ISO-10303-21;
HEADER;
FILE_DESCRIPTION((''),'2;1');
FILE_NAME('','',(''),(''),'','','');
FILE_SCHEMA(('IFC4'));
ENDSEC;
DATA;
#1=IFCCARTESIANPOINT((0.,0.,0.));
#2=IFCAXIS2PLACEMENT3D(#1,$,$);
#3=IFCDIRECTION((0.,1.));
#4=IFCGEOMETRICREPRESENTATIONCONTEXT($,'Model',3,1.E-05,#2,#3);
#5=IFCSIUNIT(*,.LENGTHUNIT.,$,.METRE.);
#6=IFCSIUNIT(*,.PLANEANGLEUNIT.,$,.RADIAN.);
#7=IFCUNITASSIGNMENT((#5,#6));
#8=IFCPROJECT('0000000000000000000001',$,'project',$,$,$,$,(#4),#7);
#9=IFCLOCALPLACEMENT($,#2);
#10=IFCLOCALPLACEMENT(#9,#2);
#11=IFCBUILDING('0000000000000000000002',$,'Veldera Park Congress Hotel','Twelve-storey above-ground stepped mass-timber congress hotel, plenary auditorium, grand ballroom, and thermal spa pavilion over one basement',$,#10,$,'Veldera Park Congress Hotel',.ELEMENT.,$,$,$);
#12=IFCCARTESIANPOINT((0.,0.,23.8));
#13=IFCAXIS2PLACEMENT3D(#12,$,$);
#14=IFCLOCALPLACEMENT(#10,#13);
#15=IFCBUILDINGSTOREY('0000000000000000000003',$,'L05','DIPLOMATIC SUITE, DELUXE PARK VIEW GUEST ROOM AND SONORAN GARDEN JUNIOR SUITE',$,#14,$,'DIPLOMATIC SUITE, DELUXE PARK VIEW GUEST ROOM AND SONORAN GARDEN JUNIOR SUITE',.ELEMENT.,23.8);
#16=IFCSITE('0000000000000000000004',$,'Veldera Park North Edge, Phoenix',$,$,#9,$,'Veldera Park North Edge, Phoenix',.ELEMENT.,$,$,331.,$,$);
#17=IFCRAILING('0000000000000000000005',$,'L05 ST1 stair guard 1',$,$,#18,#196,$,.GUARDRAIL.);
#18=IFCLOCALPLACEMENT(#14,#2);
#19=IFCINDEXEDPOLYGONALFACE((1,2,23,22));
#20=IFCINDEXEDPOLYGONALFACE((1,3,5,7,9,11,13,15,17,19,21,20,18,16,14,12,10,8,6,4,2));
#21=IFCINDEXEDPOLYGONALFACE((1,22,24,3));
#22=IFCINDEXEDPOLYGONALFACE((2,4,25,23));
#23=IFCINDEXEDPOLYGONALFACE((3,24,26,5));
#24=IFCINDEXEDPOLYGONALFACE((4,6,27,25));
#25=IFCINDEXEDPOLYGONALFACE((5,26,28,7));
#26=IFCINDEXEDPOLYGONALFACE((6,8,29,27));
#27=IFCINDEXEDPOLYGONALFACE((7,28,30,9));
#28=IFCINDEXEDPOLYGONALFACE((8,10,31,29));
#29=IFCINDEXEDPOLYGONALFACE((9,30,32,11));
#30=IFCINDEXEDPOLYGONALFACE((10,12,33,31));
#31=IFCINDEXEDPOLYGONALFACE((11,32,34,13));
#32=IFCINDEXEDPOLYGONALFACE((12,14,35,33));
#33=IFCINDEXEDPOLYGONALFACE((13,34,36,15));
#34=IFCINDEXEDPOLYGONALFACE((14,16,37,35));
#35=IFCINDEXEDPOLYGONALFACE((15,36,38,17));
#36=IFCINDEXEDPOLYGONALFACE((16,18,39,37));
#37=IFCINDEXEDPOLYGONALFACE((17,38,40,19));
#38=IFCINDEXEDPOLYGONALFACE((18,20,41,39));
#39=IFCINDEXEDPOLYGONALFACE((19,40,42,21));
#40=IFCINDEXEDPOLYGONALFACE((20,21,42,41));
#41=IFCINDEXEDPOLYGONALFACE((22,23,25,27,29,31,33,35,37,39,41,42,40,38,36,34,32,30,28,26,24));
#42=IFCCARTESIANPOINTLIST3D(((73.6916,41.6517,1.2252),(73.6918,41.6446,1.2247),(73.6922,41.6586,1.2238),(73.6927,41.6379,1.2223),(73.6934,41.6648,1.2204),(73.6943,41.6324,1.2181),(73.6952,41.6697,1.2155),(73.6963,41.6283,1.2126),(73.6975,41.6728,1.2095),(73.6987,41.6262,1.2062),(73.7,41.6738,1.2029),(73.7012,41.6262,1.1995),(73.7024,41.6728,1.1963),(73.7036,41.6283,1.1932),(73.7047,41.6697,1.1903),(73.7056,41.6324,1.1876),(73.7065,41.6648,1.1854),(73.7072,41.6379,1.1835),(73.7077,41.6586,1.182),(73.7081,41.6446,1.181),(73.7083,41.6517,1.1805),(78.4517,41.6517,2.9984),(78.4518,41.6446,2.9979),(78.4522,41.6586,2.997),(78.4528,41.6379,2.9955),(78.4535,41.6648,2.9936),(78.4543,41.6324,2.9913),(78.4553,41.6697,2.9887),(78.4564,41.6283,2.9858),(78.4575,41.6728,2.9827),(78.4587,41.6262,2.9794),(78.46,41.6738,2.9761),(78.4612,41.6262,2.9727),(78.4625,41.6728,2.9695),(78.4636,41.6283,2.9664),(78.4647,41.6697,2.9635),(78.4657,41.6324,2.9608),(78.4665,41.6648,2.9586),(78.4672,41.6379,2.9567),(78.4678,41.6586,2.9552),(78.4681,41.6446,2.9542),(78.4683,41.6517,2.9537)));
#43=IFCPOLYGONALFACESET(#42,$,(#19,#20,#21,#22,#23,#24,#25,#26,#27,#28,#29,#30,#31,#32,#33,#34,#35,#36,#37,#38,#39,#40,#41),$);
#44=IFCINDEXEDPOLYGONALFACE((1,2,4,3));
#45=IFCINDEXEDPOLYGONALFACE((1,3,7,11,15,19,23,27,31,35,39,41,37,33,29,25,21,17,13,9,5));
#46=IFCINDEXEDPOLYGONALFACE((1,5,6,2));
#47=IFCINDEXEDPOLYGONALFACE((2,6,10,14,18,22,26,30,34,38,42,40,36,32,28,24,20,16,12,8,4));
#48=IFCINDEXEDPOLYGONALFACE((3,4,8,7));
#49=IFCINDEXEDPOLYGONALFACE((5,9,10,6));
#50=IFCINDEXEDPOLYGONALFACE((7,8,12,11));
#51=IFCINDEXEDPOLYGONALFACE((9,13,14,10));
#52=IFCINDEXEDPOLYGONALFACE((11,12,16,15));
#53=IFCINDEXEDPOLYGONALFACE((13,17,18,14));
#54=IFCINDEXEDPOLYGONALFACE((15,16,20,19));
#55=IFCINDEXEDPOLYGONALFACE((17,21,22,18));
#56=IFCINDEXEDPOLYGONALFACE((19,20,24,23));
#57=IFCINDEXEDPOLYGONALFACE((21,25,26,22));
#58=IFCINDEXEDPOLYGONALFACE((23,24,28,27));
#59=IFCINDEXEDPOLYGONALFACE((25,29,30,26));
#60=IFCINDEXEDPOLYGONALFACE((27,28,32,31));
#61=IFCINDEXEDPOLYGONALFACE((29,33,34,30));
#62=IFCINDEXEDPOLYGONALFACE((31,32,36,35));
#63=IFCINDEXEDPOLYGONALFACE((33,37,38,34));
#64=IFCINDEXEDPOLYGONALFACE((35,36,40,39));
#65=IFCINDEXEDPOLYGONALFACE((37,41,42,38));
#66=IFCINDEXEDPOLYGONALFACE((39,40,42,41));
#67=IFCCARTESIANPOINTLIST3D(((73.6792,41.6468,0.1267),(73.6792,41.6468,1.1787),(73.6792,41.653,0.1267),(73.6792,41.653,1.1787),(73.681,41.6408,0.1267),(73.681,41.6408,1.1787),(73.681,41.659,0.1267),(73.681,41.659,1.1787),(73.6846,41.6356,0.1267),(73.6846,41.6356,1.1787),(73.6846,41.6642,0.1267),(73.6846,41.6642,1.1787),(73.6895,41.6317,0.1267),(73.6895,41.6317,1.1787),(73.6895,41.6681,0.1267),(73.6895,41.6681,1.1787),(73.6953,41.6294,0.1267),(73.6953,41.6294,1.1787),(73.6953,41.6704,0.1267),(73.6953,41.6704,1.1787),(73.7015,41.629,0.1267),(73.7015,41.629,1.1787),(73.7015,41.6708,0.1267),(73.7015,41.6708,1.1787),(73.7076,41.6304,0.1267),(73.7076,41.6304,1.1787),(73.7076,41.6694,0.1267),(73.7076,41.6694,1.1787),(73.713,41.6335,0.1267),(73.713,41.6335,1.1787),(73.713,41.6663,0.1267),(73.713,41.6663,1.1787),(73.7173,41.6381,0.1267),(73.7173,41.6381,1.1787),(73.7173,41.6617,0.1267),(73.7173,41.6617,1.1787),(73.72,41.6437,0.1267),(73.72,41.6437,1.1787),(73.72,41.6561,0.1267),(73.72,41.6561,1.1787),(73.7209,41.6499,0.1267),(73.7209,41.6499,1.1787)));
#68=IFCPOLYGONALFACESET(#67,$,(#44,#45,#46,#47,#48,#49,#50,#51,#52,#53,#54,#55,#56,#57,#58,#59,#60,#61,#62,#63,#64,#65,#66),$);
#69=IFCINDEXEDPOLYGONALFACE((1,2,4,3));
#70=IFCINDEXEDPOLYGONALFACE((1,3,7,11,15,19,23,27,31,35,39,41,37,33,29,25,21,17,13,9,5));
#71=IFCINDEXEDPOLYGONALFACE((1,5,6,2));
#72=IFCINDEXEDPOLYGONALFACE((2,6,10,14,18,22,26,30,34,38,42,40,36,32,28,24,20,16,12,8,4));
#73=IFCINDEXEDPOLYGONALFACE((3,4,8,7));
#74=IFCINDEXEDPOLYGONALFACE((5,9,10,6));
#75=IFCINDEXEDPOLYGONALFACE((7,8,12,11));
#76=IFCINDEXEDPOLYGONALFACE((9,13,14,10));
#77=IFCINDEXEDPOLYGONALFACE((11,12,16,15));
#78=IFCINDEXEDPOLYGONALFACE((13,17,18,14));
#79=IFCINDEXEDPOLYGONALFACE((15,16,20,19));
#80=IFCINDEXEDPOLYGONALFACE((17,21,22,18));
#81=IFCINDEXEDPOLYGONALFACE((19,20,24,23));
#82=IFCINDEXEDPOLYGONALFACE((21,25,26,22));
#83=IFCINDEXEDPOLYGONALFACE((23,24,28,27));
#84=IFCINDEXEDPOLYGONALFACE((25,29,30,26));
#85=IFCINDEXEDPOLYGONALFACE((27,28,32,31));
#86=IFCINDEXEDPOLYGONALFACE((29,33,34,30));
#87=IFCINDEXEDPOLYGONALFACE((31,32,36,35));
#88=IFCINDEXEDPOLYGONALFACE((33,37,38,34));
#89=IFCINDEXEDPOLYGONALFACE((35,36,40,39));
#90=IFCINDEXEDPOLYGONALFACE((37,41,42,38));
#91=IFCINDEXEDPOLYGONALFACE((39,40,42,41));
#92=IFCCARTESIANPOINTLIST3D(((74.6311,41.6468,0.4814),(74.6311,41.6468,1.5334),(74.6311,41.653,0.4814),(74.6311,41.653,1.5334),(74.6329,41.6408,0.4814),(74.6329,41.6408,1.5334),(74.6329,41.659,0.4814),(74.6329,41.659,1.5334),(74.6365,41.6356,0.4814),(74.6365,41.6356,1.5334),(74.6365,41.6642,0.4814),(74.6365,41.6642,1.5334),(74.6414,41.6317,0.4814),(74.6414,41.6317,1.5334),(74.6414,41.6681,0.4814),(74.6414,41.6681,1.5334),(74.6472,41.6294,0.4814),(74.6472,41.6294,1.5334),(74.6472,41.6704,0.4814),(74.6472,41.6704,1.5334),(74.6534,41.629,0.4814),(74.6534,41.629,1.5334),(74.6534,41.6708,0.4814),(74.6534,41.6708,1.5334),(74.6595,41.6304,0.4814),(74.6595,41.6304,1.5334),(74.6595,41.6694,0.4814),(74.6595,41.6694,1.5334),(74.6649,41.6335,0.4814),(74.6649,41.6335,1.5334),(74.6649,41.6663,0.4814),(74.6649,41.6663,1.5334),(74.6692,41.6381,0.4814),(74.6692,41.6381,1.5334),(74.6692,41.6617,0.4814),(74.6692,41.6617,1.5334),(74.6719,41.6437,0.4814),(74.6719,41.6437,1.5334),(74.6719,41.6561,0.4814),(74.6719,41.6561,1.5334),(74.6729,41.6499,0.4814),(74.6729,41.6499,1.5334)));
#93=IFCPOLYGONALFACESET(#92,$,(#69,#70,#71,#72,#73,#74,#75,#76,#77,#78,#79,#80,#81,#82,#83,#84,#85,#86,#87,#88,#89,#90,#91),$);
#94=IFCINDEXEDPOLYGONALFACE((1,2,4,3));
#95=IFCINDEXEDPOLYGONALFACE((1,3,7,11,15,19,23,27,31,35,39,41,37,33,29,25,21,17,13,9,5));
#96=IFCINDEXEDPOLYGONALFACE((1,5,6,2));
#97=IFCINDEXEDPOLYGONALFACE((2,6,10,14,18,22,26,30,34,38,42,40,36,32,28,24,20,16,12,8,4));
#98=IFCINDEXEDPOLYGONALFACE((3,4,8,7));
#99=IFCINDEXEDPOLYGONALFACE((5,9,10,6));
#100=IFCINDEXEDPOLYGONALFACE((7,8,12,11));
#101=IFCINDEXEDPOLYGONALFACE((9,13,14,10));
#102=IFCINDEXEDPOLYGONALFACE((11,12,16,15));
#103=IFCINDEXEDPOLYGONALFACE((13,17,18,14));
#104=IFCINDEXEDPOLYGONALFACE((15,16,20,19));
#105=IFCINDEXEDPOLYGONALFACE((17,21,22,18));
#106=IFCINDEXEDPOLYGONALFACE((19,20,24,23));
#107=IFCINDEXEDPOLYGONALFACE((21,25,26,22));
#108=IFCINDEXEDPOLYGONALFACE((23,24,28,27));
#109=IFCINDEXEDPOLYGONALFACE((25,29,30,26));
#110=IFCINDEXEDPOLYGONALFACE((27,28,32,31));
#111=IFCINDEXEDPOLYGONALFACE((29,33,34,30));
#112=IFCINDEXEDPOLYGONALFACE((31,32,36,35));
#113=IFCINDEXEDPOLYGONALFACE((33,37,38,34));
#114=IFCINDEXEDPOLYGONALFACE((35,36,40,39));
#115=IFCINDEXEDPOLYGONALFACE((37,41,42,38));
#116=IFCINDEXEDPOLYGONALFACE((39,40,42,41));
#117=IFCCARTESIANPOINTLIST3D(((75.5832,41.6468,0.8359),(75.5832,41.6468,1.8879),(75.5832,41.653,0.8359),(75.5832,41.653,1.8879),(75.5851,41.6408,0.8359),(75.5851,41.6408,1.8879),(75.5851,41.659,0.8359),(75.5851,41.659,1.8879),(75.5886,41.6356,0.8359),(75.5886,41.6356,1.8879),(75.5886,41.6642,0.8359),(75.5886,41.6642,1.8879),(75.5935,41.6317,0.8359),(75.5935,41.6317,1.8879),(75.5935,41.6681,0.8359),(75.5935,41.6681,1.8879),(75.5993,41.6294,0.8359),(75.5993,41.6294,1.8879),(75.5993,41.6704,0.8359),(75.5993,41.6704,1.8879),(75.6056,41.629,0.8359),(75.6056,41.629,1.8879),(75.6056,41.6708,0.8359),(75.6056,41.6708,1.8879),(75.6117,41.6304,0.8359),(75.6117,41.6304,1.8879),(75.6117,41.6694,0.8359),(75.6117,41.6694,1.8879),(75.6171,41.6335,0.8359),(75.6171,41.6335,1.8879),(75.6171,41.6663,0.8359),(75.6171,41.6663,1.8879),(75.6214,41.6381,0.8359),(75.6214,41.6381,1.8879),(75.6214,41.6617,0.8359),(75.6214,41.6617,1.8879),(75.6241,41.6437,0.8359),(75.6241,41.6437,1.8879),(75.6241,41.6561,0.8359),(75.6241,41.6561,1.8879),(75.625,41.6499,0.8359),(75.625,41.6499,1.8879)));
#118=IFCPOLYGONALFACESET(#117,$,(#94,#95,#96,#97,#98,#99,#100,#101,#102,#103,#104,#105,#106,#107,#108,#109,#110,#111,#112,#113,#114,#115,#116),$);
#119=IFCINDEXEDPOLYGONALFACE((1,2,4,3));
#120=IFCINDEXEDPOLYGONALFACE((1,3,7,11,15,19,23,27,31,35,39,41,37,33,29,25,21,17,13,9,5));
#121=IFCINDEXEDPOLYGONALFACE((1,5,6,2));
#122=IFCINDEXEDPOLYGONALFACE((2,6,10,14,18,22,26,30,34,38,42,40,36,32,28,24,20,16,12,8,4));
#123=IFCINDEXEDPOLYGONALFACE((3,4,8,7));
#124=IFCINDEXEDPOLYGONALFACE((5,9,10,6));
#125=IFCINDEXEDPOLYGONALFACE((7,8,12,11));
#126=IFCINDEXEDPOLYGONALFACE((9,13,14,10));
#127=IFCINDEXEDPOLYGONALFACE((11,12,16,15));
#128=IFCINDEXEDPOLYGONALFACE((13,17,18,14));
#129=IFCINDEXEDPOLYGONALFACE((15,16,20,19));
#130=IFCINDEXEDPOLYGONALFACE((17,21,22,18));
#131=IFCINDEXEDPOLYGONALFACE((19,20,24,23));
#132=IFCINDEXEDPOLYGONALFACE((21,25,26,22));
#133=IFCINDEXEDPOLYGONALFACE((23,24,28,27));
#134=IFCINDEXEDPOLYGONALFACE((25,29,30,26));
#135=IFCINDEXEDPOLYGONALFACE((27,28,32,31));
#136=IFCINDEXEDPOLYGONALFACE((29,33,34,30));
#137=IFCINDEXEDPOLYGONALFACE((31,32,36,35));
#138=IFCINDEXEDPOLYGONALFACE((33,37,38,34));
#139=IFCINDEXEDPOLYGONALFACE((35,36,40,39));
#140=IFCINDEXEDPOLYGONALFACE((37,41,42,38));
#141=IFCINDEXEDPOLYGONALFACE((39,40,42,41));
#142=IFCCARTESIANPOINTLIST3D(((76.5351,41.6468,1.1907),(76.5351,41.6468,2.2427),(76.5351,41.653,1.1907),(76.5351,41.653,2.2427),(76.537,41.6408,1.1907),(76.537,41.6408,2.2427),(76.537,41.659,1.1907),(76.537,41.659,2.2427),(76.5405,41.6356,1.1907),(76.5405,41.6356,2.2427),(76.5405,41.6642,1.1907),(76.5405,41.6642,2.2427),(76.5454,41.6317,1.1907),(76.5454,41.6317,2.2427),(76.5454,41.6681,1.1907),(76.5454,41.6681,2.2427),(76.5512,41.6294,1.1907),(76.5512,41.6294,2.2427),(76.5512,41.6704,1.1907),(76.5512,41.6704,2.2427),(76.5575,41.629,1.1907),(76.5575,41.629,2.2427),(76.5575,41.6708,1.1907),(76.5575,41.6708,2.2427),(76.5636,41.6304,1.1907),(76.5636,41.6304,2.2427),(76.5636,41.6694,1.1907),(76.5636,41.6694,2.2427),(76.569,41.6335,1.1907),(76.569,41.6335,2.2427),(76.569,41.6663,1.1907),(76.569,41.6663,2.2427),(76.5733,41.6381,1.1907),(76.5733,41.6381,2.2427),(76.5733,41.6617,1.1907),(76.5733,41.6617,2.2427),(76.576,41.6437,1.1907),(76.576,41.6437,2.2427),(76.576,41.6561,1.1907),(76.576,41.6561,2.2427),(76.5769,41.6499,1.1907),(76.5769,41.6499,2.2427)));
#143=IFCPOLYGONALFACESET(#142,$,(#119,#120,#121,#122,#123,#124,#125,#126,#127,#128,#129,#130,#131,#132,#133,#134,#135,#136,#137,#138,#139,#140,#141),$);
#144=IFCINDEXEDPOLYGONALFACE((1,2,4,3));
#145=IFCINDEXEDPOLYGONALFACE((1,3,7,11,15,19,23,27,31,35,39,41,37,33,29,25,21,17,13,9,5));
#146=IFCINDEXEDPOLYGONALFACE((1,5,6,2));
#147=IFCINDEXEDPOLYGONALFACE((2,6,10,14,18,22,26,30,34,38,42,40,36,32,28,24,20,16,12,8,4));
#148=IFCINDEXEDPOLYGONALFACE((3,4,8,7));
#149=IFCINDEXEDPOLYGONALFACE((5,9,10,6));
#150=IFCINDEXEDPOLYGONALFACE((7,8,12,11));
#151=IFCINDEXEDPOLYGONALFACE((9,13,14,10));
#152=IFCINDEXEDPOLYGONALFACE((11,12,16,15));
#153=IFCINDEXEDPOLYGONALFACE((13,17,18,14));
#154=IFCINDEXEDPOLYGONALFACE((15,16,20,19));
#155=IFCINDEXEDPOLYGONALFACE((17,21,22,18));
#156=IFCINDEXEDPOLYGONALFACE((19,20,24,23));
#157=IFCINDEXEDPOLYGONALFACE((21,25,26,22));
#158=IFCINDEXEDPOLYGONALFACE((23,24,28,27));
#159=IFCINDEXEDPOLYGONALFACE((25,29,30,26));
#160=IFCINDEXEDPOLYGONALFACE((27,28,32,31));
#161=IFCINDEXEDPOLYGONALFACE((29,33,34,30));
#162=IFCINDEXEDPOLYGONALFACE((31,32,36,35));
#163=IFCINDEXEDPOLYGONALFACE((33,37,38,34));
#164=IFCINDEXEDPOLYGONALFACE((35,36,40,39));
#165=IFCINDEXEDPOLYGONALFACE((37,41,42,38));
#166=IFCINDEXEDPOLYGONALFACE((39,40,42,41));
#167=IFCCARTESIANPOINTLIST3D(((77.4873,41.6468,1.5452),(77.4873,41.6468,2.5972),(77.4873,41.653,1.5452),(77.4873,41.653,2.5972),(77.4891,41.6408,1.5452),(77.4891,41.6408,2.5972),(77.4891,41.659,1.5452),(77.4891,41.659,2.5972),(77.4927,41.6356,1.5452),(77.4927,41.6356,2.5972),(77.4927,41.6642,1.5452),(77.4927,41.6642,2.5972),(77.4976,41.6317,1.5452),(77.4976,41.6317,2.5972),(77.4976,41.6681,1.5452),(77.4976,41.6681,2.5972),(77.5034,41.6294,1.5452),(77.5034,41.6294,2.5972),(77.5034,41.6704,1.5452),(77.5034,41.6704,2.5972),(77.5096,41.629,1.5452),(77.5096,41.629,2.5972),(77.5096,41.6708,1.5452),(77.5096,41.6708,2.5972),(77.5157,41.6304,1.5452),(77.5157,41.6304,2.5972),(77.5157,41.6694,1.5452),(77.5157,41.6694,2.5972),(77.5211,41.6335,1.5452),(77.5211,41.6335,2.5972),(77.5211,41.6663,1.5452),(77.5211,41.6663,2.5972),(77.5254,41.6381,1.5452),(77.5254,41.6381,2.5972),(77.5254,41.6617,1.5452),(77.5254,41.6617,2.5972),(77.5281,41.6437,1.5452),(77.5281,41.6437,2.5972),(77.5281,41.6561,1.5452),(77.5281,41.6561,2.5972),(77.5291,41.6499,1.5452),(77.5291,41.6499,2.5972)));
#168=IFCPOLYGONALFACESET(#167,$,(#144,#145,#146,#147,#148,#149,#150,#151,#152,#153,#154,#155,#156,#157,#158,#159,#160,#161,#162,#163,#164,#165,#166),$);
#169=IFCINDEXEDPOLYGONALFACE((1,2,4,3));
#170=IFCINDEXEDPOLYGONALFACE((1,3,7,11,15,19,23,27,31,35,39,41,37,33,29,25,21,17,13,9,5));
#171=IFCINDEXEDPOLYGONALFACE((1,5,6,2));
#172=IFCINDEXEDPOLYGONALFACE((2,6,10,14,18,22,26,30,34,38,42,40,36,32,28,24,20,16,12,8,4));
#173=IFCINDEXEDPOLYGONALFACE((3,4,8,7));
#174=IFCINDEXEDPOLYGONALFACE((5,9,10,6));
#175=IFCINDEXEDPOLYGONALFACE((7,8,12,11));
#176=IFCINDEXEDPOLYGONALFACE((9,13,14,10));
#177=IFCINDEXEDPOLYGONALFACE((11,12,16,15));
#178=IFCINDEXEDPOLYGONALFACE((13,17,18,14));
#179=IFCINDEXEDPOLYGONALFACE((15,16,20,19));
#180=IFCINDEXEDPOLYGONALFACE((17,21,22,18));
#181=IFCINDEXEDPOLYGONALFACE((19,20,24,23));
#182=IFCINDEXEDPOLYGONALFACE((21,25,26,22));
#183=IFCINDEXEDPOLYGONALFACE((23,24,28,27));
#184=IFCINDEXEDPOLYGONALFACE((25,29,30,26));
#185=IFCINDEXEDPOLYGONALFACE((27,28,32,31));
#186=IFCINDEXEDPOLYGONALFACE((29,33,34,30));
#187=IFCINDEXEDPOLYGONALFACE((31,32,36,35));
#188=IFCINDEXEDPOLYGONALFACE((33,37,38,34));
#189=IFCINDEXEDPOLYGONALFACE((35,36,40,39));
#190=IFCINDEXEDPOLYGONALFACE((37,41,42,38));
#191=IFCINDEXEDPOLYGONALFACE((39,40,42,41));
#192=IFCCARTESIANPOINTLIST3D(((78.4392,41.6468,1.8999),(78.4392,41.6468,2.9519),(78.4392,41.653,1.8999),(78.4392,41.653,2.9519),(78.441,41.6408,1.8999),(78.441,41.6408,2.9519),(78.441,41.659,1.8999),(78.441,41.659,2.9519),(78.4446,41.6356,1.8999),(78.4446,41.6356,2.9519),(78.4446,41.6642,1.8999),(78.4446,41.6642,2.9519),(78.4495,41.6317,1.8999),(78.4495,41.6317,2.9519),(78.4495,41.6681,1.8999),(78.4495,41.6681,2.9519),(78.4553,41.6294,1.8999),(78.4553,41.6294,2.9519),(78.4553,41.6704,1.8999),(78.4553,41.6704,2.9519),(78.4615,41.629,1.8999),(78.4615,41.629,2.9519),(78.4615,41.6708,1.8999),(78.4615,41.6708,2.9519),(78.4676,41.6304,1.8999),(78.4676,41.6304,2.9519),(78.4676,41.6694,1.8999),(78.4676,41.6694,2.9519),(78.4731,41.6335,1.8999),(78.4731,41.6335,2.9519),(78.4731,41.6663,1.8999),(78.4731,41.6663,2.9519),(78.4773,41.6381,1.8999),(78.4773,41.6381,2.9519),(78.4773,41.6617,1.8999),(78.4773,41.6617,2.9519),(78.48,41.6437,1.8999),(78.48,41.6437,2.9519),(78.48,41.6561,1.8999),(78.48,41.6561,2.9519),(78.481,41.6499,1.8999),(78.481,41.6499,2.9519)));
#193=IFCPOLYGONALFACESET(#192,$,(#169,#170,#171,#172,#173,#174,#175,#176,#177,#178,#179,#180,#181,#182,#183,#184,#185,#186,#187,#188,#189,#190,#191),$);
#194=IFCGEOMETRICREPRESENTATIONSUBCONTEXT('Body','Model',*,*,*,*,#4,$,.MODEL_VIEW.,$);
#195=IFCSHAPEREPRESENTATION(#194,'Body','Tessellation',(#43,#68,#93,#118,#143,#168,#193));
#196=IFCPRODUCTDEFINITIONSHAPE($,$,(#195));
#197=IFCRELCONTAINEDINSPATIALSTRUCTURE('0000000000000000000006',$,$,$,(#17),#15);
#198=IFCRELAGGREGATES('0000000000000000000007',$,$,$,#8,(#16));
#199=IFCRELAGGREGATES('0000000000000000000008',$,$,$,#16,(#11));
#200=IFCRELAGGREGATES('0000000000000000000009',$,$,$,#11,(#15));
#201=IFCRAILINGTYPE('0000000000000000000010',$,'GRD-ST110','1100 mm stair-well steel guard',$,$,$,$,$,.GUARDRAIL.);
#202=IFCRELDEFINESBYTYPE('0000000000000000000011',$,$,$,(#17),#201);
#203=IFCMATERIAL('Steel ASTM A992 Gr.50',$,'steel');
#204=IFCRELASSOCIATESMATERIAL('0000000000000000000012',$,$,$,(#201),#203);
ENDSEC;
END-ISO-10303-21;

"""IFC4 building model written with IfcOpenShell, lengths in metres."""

from ifc_helpers import new_model, si_unit, direction, frame, origin, origin_2d, place, context, subcontext, project, spatial, circle, extrude, material, type_object, element, save


model = new_model("IFC4")

# Units and contexts
model_context = context("Model", 3, precision=1e-05, world=origin(), true_north=direction((0.0, 1.0)))
body_context = subcontext(model_context, "Body", "Model", "MODEL_VIEW")
ifc_project = project(units=[si_unit("LENGTHUNIT", "METRE"), si_unit("PLANEANGLEUNIT", "RADIAN")], contexts=[model_context])

# Site, building, storey
site_placement = place(None, origin())
site = spatial("IfcSite", under=ifc_project, at=site_placement, Name="Veldera Park North Edge, Phoenix", LongName="Veldera Park North Edge, Phoenix", CompositionType="ELEMENT", RefElevation=331.0)
building_placement = place(site_placement, origin())
building = spatial("IfcBuilding", under=site, at=building_placement, Name="Veldera Park Congress Hotel", Description="Twelve-storey above-ground stepped mass-timber congress hotel, plenary auditorium, grand ballroom, and thermal spa pavilion over one basement", LongName="Veldera Park Congress Hotel", CompositionType="ELEMENT")
storey_placement = place(building_placement, frame((0.0, 0.0, 23.8)))
storey = spatial("IfcBuildingStorey", under=building, at=storey_placement, Name="L05", Description="DIPLOMATIC SUITE, DELUXE PARK VIEW GUEST ROOM AND SONORAN GARDEN JUNIOR SUITE", LongName="DIPLOMATIC SUITE, DELUXE PARK VIEW GUEST ROOM AND SONORAN GARDEN JUNIOR SUITE", CompositionType="ELEMENT", Elevation=23.8)

# Railing
ifc_material_1 = material(Name="Steel ASTM A992 Gr.50", Category="steel")
railing_type_1 = type_object("IfcRailingType", Name="GRD-ST110", Description="1100 mm stair-well steel guard", PredefinedType="GUARDRAIL", material=ifc_material_1)
railing_1_placement = place(storey_placement, frame((73.7, 41.6499, 0.1267)))
element("IfcRailing", 1, at=railing_1_placement, inside=storey, type_object=railing_type_1, Name="L05 ST1 stair guard 1", PredefinedType="GUARDRAIL", context=body_context, shape_type="SweptSolid", body=[
    extrude(circle(Radius=0.0239, at=origin_2d()), frame((0.0, 0.0, 1.0762), z_axis=(0.937091, 0.0, 0.349084), x_axis=(0.0, 1.0, 0.0)), (0.0, 0.0, 1.0), 5.0796),
    extrude(circle(Radius=0.021, at=origin_2d()), origin(), (0.0, 0.0, 1.0), 1.052),
    extrude(circle(Radius=0.021, at=origin_2d()), frame((0.9519, 0.0, 0.3547)), (0.0, 0.0, 1.0), 1.052),
    extrude(circle(Radius=0.021, at=origin_2d()), frame((1.9041, 0.0, 0.7092)), (0.0, 0.0, 1.0), 1.052),
    extrude(circle(Radius=0.021, at=origin_2d()), frame((2.856, 0.0, 1.064)), (0.0, 0.0, 1.0), 1.052),
    extrude(circle(Radius=0.021, at=origin_2d()), frame((3.8081, 0.0, 1.4185)), (0.0, 0.0, 1.0), 1.052),
    extrude(circle(Radius=0.021, at=origin_2d()), frame((4.76, 0.0, 1.7732)), (0.0, 0.0, 1.0), 1.052),
])

save(model, "model.ifc")
